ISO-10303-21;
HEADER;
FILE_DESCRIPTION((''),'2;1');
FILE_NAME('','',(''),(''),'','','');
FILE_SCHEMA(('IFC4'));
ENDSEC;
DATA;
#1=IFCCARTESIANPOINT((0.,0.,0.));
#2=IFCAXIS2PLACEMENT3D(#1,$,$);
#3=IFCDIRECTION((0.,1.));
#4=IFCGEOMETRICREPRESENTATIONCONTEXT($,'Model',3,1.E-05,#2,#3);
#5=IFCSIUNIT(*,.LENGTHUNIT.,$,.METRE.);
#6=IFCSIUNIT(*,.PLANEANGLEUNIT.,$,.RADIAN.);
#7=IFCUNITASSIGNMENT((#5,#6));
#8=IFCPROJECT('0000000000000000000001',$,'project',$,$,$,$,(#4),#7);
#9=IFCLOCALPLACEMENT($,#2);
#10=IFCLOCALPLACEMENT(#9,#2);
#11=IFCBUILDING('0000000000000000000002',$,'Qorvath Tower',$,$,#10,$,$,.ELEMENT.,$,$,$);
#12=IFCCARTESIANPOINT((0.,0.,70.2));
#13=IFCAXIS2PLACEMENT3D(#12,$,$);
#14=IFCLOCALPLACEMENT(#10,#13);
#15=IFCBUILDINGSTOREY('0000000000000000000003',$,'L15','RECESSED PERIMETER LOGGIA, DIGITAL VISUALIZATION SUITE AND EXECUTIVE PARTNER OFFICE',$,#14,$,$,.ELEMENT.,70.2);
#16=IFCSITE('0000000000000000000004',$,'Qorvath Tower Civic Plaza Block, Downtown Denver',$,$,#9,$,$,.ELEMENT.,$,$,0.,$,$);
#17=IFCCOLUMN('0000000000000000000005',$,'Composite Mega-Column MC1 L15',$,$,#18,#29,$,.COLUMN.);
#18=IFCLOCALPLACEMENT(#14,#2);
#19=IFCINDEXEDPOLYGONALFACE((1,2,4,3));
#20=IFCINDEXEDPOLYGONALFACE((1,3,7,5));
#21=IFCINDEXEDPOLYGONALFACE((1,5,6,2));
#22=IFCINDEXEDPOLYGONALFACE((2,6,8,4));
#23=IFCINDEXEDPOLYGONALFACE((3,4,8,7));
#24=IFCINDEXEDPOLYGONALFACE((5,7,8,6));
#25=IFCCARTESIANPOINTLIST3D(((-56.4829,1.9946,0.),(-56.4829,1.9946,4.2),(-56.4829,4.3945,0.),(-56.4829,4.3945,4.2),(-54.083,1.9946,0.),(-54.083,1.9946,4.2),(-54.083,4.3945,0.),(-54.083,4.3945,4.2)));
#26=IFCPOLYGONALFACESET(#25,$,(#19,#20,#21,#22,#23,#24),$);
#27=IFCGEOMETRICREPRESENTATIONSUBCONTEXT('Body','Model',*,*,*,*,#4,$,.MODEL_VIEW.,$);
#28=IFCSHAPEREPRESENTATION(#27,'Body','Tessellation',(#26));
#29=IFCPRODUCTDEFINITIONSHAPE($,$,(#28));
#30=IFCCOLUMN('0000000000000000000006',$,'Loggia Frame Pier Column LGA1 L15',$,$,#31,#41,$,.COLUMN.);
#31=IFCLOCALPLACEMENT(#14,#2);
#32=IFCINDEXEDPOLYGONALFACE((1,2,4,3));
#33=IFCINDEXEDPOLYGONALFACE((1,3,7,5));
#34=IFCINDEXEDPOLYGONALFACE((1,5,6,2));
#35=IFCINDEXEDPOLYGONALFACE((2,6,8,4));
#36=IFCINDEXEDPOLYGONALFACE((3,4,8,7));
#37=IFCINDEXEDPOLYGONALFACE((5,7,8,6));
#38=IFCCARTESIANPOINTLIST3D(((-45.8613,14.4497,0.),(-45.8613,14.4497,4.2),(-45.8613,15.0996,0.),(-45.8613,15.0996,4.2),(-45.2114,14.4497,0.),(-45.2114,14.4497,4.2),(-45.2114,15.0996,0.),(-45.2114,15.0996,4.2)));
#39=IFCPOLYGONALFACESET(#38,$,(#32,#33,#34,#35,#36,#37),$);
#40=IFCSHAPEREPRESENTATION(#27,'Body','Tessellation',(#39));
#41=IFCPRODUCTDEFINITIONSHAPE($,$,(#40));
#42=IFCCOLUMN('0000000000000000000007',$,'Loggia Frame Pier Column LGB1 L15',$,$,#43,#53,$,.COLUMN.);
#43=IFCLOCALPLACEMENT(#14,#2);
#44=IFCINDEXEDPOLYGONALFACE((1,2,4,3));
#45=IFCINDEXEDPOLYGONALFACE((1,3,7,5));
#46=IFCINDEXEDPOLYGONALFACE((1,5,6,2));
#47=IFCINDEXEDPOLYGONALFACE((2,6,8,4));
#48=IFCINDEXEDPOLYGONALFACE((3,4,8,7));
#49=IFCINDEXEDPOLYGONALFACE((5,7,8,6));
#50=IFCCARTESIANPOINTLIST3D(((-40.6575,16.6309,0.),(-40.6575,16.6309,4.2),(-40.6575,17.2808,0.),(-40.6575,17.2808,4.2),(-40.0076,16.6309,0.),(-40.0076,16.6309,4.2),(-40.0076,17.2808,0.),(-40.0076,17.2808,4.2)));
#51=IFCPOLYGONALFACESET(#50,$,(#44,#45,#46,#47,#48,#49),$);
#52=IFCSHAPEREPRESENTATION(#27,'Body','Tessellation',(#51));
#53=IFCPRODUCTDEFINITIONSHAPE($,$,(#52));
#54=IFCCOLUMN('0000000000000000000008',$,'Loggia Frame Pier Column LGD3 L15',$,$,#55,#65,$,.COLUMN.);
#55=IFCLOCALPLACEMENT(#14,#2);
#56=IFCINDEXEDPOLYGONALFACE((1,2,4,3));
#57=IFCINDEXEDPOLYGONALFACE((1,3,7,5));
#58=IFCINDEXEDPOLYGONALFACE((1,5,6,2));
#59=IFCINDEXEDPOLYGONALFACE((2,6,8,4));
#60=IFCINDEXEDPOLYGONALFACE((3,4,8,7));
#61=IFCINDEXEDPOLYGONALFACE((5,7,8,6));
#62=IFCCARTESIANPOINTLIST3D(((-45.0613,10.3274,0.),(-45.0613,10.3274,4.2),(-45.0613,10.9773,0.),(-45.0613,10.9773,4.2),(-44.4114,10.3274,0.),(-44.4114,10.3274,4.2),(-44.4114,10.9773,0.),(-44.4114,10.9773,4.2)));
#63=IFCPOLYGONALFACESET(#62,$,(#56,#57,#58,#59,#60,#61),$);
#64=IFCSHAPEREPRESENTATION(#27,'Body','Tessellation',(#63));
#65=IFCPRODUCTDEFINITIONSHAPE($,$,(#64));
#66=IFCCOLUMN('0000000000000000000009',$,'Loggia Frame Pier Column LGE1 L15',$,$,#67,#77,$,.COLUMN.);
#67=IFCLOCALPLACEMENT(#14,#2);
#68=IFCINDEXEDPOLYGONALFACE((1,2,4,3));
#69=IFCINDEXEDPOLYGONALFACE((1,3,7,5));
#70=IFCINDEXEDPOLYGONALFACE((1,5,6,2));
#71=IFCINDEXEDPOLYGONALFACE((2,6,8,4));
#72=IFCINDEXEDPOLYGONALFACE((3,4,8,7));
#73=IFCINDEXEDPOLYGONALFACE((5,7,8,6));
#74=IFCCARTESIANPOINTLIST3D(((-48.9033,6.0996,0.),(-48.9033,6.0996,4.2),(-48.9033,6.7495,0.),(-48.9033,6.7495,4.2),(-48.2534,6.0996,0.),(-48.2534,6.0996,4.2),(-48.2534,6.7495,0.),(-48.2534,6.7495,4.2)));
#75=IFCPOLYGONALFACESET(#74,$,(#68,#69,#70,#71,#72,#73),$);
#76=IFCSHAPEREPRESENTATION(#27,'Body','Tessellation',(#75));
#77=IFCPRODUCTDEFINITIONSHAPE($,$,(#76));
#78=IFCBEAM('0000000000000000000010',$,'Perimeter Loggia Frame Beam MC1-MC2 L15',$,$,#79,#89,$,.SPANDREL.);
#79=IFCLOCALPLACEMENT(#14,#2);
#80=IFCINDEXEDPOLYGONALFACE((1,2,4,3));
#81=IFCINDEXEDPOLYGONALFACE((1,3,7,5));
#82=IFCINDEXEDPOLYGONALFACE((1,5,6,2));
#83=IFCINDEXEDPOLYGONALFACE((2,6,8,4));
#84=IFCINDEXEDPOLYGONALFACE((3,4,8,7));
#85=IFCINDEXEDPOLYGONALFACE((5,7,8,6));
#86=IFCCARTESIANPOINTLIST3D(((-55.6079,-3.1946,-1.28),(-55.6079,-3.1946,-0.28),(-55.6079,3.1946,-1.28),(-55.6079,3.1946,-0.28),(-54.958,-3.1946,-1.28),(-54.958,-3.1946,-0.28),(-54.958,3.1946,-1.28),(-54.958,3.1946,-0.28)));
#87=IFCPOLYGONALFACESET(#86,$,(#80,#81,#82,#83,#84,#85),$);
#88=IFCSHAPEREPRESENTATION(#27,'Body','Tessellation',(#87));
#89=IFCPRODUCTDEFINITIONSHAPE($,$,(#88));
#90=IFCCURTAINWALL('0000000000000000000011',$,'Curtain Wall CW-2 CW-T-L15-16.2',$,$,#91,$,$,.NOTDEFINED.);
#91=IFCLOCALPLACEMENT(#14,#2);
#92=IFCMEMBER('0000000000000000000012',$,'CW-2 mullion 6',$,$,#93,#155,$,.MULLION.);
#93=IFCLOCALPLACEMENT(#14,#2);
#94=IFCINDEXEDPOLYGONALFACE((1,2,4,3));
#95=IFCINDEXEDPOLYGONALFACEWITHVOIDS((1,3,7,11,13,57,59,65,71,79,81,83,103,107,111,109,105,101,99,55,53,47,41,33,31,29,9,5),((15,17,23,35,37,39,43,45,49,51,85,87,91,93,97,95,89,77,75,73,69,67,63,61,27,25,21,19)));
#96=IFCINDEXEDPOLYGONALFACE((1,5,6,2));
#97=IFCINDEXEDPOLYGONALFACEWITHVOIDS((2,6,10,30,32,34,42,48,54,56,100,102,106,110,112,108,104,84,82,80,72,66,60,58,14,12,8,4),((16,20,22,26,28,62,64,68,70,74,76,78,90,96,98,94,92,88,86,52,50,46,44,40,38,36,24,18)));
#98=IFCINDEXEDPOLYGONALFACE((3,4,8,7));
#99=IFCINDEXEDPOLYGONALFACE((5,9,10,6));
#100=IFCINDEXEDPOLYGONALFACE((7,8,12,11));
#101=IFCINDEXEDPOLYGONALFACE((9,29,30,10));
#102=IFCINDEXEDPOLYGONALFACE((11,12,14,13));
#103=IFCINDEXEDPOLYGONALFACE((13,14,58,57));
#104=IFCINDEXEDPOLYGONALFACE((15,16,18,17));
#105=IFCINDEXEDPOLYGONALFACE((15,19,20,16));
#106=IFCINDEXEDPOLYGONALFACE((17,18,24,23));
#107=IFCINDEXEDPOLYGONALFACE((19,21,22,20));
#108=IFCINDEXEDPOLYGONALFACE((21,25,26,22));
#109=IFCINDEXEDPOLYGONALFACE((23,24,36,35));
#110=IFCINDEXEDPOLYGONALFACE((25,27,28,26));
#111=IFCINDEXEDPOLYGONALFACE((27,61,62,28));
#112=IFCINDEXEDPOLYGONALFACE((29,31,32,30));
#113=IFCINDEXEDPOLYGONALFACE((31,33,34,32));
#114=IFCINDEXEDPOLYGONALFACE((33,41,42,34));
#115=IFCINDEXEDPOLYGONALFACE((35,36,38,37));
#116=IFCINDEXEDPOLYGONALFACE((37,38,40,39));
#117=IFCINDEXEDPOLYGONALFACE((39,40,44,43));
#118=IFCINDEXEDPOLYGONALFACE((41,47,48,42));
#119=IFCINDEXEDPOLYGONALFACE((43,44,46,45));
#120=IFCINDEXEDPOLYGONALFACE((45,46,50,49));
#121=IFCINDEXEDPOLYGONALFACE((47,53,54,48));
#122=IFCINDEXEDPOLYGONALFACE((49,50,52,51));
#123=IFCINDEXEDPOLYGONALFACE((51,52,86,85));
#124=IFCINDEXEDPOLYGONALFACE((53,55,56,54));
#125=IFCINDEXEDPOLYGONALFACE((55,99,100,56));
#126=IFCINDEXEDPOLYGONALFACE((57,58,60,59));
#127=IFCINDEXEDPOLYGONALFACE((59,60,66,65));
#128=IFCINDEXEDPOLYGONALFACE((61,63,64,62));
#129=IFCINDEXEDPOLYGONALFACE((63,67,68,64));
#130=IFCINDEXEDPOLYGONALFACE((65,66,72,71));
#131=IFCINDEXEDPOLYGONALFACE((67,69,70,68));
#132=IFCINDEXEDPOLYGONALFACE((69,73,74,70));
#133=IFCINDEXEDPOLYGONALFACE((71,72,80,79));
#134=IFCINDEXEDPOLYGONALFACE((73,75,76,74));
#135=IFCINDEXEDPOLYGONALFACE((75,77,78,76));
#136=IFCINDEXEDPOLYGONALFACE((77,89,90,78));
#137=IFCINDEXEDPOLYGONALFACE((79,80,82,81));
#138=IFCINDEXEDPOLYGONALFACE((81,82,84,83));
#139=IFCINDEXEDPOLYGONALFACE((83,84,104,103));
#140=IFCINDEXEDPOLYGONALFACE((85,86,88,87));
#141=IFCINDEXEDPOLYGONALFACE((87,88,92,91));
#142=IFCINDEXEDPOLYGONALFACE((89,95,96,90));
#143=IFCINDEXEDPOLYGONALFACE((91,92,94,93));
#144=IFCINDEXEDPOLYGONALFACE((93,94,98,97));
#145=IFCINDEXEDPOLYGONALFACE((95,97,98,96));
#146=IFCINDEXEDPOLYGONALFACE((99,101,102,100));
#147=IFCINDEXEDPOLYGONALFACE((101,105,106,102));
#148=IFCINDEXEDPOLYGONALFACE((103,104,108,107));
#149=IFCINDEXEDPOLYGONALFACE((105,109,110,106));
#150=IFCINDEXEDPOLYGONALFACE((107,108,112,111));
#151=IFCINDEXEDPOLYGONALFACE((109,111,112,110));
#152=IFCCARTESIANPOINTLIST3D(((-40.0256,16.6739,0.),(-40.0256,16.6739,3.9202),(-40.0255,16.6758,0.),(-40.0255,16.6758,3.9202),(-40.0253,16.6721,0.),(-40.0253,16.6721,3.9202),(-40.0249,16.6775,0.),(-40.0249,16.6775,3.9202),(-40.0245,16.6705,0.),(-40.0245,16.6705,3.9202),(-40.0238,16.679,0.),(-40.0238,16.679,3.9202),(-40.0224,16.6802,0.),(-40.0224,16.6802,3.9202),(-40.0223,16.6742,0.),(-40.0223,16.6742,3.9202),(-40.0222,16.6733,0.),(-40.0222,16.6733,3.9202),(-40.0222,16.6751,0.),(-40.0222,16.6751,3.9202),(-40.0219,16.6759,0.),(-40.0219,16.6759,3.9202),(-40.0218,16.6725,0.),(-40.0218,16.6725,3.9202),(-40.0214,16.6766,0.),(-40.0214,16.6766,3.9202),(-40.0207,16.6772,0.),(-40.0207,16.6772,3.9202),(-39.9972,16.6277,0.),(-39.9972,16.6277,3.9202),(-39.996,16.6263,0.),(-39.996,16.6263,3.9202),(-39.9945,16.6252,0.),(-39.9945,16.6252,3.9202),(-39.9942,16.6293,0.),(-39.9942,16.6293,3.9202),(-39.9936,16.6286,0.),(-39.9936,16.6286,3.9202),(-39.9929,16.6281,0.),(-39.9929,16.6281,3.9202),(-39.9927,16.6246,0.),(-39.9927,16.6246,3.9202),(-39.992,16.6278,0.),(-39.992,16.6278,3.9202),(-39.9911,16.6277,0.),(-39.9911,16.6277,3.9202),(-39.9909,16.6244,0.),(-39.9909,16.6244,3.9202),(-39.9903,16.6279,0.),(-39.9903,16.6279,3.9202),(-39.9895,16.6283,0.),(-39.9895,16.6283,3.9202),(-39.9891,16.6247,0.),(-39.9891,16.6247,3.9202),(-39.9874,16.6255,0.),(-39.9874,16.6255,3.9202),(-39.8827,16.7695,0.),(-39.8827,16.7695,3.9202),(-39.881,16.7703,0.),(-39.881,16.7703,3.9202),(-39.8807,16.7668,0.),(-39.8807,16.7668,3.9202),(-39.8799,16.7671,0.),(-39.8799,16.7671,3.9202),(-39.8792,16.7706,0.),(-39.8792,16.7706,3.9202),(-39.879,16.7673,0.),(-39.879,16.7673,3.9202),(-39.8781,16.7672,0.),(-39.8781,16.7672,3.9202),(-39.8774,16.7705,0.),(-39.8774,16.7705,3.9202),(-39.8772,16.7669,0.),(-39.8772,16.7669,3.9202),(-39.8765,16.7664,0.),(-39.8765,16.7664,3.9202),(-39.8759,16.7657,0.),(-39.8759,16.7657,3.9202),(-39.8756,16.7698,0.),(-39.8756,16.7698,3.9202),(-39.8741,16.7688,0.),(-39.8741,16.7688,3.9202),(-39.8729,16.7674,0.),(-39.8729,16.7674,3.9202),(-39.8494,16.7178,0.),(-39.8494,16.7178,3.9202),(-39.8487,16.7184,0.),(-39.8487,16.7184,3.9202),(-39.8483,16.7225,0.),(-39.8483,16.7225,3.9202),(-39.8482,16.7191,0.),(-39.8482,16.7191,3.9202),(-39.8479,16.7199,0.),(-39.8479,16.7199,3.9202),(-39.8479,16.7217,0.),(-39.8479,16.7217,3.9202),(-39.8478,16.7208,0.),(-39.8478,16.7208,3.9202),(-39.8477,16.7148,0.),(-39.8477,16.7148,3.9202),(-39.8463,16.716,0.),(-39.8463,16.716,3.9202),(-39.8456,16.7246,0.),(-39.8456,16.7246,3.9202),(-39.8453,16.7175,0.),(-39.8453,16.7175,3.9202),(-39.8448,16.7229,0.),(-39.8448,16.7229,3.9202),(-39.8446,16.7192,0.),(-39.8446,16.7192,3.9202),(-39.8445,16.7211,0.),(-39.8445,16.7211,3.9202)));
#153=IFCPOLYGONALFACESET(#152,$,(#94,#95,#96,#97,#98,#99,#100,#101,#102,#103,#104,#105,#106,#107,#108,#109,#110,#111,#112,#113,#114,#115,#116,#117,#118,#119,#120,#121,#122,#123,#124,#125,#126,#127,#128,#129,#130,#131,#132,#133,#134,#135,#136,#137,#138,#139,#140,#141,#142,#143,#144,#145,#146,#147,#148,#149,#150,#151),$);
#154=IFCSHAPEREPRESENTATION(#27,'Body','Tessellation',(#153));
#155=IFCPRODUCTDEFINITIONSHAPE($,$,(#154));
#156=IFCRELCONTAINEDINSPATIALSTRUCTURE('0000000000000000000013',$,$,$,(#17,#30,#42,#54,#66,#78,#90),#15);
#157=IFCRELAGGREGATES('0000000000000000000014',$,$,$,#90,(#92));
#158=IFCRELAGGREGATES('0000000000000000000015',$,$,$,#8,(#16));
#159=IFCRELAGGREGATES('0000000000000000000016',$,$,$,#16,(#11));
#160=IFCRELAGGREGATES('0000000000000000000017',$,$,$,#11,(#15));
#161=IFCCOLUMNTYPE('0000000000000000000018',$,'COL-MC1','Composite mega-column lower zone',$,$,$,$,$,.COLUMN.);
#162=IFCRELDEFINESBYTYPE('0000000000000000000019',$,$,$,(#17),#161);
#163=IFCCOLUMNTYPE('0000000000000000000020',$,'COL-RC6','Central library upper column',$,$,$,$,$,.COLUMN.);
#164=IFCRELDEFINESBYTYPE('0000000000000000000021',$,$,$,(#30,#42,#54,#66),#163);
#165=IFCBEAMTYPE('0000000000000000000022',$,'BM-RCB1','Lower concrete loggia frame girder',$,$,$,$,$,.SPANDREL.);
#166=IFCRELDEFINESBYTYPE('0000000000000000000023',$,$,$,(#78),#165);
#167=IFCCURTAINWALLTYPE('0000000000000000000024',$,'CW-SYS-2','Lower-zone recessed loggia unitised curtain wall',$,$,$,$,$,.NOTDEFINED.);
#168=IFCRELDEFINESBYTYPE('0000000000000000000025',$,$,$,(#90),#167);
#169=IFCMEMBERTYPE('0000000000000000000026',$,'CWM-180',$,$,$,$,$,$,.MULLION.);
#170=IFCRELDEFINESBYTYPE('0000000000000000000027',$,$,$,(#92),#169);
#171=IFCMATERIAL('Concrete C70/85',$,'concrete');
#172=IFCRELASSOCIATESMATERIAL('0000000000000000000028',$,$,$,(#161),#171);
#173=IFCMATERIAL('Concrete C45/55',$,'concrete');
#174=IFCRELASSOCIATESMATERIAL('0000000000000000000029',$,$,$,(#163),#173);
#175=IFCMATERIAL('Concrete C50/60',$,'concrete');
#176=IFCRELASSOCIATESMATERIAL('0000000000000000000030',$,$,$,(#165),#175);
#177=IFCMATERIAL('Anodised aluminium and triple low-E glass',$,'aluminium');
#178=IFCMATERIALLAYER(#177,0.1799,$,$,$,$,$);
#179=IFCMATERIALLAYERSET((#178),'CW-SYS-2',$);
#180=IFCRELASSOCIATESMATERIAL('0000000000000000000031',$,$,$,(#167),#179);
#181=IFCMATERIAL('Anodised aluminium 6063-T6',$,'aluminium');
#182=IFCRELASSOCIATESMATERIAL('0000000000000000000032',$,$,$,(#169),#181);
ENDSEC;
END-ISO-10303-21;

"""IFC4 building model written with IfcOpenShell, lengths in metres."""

from ifc_helpers import new_model, si_unit, direction, frame, origin, origin_2d, place, context, subcontext, project, spatial, rectangle, hollow_rectangle, extrude, material, layer, layer_set, material_profile, profile_set, type_object, element, aggregate, save


model = new_model("IFC4")

# Units and contexts
model_context = context("Model", 3, precision=1e-05, world=origin(), true_north=direction((0.0, 1.0)))
body_context = subcontext(model_context, "Body", "Model", "MODEL_VIEW")
ifc_project = project(units=[si_unit("LENGTHUNIT", "METRE"), si_unit("PLANEANGLEUNIT", "RADIAN")], contexts=[model_context])

# Site, building, storey
site_placement = place(None, origin())
site = spatial("IfcSite", under=ifc_project, at=site_placement, Name="Qorvath Tower Civic Plaza Block, Downtown Denver", CompositionType="ELEMENT", RefElevation=0.0)
building_placement = place(site_placement, origin())
building = spatial("IfcBuilding", under=site, at=building_placement, Name="Qorvath Tower", CompositionType="ELEMENT")
storey_placement = place(building_placement, frame((0.0, 0.0, 70.2)))
storey = spatial("IfcBuildingStorey", under=building, at=storey_placement, Name="L15", Description="RECESSED PERIMETER LOGGIA, DIGITAL VISUALIZATION SUITE AND EXECUTIVE PARTNER OFFICE", CompositionType="ELEMENT", Elevation=70.2)

# Columns
ifc_material_1 = material(Name="Concrete C70/85", Category="concrete")
ifc_material_profile_1 = material_profile(ifc_material_1, rectangle(XDim=2.3999, YDim=2.3999, at=origin_2d()), Name="MC 2400x2400")
ifc_profile_set_1 = profile_set([ifc_material_profile_1], Name="Concrete C70/85")
column_type_1 = type_object("IfcColumnType", Name="COL-MC1", Description="Composite mega-column lower zone", PredefinedType="COLUMN", material=ifc_profile_set_1)
column_placement = place(storey_placement, frame((-55.283, 3.1946, 0.0), z_axis=(0.0, 0.0, 1.0), x_axis=(1.0, 0.0, 0.0)))
element("IfcColumn", 1, at=column_placement, inside=storey, type_object=column_type_1, Name="Composite Mega-Column MC1 L15", PredefinedType="COLUMN", context=body_context, shape_type="SweptSolid", body=[
    extrude(rectangle(XDim=2.3999, YDim=2.3999, at=origin_2d()), origin(), (0.0, 0.0, 1.0), 4.2),
])
ifc_material_2 = material(Name="Concrete C45/55", Category="concrete")
ifc_material_profile_2 = material_profile(ifc_material_2, rectangle(XDim=0.6499, YDim=0.6499, at=origin_2d()), Name="RC 650x650")
ifc_profile_set_2 = profile_set([ifc_material_profile_2], Name="Concrete C45/55")
column_type_2 = type_object("IfcColumnType", Name="COL-RC6", Description="Central library upper column", PredefinedType="COLUMN", material=ifc_profile_set_2)
for number, where, z_axis, x_axis, name in (
    (2, (-45.5364, 14.7747, 0.0), (0.0, 0.0, 1.0), (1.0, 0.0, 0.0), "Loggia Frame Pier Column LGA1 L15"),
    (3, (-40.3325, 16.9558, 0.0), (0.0, 0.0, 1.0), (1.0, 0.0, 0.0), "Loggia Frame Pier Column LGB1 L15"),
    (4, (-44.7363, 10.6523, 0.0), (0.0, 0.0, 1.0), (1.0, 0.0, 0.0), "Loggia Frame Pier Column LGD3 L15"),
    (5, (-48.5784, 6.4246, 0.0), (0.0, 0.0, 1.0), (1.0, 0.0, 0.0), "Loggia Frame Pier Column LGE1 L15"),
):
    element("IfcColumn", number, at=place(storey_placement, frame(where, z_axis=z_axis, x_axis=x_axis)), inside=storey, type_object=column_type_2, Name=name, PredefinedType="COLUMN", context=body_context, shape_type="SweptSolid", body=[
        extrude(rectangle(XDim=0.6499, YDim=0.6499, at=origin_2d()), origin(), (0.0, 0.0, 1.0), 4.2),
    ])

# Beam
ifc_material_3 = material(Name="Concrete C50/60", Category="concrete")
ifc_material_profile_3 = material_profile(ifc_material_3, rectangle(XDim=0.6499, YDim=1.0, at=origin_2d()), Name="RCB 1000x650")
ifc_profile_set_3 = profile_set([ifc_material_profile_3], Name="Concrete C50/60")
beam_type = type_object("IfcBeamType", Name="BM-RCB1", Description="Lower concrete loggia frame girder", PredefinedType="SPANDREL", material=ifc_profile_set_3)
beam_placement = place(storey_placement, frame((-55.283, 3.1946, -0.78), z_axis=(0.0, -1.0, 0.0), x_axis=(1.0, 0.0, 0.0)))
element("IfcBeam", 6, at=beam_placement, inside=storey, type_object=beam_type, Name="Perimeter Loggia Frame Beam MC1-MC2 L15", PredefinedType="SPANDREL", context=body_context, shape_type="SweptSolid", body=[
    extrude(rectangle(XDim=0.6499, YDim=1.0, at=origin_2d()), origin(), (0.0, 0.0, 1.0), 6.3892),
])

# Curtain wall, member
ifc_material_4 = material(Name="Anodised aluminium and triple low-E glass", Category="aluminium")
ifc_layer_1 = layer(ifc_material_4, 0.1799)
ifc_layer_set_1 = layer_set([ifc_layer_1], Name="CW-SYS-2")
curtain_wall_type = type_object("IfcCurtainWallType", Name="CW-SYS-2", Description="Lower-zone recessed loggia unitised curtain wall", PredefinedType="NOTDEFINED", material=ifc_layer_set_1)
curtain_wall_1_placement = place(storey_placement, origin())
curtain_wall_1 = element("IfcCurtainWall", 7, at=curtain_wall_1_placement, inside=storey, type_object=curtain_wall_type, Name="Curtain Wall CW-2 CW-T-L15-16.2", PredefinedType="NOTDEFINED")
ifc_material_5 = material(Name="Anodised aluminium 6063-T6", Category="aluminium")
ifc_material_profile_4 = material_profile(ifc_material_5, hollow_rectangle(XDim=0.0649, YDim=0.1799, WallThickness=0.0034, InnerFilletRadius=0.0034, OuterFilletRadius=0.0071, at=origin_2d()), Name="CWM 180x65")
ifc_profile_set_4 = profile_set([ifc_material_profile_4], Name="Anodised aluminium 6063-T6")
member_type_1 = type_object("IfcMemberType", Name="CWM-180", PredefinedType="MULLION", material=ifc_profile_set_4)
member_1_placement = place(storey_placement, frame((-39.9351, 16.6975, 0.0), z_axis=(0.0, 0.0, 1.0), x_axis=(0.538542, -0.842599, 0.0)))
member_1 = element("IfcMember", 8, at=member_1_placement, type_object=member_type_1, Name="CW-2 mullion 6", PredefinedType="MULLION", context=body_context, shape_type="SweptSolid", body=[
    extrude(hollow_rectangle(XDim=0.0649, YDim=0.1799, WallThickness=0.0034, InnerFilletRadius=0.0034, OuterFilletRadius=0.0071, at=origin_2d()), origin(), (0.0, 0.0, 1.0), 3.9202),
])
aggregate(curtain_wall_1, [member_1])

save(model, "model.ifc")
